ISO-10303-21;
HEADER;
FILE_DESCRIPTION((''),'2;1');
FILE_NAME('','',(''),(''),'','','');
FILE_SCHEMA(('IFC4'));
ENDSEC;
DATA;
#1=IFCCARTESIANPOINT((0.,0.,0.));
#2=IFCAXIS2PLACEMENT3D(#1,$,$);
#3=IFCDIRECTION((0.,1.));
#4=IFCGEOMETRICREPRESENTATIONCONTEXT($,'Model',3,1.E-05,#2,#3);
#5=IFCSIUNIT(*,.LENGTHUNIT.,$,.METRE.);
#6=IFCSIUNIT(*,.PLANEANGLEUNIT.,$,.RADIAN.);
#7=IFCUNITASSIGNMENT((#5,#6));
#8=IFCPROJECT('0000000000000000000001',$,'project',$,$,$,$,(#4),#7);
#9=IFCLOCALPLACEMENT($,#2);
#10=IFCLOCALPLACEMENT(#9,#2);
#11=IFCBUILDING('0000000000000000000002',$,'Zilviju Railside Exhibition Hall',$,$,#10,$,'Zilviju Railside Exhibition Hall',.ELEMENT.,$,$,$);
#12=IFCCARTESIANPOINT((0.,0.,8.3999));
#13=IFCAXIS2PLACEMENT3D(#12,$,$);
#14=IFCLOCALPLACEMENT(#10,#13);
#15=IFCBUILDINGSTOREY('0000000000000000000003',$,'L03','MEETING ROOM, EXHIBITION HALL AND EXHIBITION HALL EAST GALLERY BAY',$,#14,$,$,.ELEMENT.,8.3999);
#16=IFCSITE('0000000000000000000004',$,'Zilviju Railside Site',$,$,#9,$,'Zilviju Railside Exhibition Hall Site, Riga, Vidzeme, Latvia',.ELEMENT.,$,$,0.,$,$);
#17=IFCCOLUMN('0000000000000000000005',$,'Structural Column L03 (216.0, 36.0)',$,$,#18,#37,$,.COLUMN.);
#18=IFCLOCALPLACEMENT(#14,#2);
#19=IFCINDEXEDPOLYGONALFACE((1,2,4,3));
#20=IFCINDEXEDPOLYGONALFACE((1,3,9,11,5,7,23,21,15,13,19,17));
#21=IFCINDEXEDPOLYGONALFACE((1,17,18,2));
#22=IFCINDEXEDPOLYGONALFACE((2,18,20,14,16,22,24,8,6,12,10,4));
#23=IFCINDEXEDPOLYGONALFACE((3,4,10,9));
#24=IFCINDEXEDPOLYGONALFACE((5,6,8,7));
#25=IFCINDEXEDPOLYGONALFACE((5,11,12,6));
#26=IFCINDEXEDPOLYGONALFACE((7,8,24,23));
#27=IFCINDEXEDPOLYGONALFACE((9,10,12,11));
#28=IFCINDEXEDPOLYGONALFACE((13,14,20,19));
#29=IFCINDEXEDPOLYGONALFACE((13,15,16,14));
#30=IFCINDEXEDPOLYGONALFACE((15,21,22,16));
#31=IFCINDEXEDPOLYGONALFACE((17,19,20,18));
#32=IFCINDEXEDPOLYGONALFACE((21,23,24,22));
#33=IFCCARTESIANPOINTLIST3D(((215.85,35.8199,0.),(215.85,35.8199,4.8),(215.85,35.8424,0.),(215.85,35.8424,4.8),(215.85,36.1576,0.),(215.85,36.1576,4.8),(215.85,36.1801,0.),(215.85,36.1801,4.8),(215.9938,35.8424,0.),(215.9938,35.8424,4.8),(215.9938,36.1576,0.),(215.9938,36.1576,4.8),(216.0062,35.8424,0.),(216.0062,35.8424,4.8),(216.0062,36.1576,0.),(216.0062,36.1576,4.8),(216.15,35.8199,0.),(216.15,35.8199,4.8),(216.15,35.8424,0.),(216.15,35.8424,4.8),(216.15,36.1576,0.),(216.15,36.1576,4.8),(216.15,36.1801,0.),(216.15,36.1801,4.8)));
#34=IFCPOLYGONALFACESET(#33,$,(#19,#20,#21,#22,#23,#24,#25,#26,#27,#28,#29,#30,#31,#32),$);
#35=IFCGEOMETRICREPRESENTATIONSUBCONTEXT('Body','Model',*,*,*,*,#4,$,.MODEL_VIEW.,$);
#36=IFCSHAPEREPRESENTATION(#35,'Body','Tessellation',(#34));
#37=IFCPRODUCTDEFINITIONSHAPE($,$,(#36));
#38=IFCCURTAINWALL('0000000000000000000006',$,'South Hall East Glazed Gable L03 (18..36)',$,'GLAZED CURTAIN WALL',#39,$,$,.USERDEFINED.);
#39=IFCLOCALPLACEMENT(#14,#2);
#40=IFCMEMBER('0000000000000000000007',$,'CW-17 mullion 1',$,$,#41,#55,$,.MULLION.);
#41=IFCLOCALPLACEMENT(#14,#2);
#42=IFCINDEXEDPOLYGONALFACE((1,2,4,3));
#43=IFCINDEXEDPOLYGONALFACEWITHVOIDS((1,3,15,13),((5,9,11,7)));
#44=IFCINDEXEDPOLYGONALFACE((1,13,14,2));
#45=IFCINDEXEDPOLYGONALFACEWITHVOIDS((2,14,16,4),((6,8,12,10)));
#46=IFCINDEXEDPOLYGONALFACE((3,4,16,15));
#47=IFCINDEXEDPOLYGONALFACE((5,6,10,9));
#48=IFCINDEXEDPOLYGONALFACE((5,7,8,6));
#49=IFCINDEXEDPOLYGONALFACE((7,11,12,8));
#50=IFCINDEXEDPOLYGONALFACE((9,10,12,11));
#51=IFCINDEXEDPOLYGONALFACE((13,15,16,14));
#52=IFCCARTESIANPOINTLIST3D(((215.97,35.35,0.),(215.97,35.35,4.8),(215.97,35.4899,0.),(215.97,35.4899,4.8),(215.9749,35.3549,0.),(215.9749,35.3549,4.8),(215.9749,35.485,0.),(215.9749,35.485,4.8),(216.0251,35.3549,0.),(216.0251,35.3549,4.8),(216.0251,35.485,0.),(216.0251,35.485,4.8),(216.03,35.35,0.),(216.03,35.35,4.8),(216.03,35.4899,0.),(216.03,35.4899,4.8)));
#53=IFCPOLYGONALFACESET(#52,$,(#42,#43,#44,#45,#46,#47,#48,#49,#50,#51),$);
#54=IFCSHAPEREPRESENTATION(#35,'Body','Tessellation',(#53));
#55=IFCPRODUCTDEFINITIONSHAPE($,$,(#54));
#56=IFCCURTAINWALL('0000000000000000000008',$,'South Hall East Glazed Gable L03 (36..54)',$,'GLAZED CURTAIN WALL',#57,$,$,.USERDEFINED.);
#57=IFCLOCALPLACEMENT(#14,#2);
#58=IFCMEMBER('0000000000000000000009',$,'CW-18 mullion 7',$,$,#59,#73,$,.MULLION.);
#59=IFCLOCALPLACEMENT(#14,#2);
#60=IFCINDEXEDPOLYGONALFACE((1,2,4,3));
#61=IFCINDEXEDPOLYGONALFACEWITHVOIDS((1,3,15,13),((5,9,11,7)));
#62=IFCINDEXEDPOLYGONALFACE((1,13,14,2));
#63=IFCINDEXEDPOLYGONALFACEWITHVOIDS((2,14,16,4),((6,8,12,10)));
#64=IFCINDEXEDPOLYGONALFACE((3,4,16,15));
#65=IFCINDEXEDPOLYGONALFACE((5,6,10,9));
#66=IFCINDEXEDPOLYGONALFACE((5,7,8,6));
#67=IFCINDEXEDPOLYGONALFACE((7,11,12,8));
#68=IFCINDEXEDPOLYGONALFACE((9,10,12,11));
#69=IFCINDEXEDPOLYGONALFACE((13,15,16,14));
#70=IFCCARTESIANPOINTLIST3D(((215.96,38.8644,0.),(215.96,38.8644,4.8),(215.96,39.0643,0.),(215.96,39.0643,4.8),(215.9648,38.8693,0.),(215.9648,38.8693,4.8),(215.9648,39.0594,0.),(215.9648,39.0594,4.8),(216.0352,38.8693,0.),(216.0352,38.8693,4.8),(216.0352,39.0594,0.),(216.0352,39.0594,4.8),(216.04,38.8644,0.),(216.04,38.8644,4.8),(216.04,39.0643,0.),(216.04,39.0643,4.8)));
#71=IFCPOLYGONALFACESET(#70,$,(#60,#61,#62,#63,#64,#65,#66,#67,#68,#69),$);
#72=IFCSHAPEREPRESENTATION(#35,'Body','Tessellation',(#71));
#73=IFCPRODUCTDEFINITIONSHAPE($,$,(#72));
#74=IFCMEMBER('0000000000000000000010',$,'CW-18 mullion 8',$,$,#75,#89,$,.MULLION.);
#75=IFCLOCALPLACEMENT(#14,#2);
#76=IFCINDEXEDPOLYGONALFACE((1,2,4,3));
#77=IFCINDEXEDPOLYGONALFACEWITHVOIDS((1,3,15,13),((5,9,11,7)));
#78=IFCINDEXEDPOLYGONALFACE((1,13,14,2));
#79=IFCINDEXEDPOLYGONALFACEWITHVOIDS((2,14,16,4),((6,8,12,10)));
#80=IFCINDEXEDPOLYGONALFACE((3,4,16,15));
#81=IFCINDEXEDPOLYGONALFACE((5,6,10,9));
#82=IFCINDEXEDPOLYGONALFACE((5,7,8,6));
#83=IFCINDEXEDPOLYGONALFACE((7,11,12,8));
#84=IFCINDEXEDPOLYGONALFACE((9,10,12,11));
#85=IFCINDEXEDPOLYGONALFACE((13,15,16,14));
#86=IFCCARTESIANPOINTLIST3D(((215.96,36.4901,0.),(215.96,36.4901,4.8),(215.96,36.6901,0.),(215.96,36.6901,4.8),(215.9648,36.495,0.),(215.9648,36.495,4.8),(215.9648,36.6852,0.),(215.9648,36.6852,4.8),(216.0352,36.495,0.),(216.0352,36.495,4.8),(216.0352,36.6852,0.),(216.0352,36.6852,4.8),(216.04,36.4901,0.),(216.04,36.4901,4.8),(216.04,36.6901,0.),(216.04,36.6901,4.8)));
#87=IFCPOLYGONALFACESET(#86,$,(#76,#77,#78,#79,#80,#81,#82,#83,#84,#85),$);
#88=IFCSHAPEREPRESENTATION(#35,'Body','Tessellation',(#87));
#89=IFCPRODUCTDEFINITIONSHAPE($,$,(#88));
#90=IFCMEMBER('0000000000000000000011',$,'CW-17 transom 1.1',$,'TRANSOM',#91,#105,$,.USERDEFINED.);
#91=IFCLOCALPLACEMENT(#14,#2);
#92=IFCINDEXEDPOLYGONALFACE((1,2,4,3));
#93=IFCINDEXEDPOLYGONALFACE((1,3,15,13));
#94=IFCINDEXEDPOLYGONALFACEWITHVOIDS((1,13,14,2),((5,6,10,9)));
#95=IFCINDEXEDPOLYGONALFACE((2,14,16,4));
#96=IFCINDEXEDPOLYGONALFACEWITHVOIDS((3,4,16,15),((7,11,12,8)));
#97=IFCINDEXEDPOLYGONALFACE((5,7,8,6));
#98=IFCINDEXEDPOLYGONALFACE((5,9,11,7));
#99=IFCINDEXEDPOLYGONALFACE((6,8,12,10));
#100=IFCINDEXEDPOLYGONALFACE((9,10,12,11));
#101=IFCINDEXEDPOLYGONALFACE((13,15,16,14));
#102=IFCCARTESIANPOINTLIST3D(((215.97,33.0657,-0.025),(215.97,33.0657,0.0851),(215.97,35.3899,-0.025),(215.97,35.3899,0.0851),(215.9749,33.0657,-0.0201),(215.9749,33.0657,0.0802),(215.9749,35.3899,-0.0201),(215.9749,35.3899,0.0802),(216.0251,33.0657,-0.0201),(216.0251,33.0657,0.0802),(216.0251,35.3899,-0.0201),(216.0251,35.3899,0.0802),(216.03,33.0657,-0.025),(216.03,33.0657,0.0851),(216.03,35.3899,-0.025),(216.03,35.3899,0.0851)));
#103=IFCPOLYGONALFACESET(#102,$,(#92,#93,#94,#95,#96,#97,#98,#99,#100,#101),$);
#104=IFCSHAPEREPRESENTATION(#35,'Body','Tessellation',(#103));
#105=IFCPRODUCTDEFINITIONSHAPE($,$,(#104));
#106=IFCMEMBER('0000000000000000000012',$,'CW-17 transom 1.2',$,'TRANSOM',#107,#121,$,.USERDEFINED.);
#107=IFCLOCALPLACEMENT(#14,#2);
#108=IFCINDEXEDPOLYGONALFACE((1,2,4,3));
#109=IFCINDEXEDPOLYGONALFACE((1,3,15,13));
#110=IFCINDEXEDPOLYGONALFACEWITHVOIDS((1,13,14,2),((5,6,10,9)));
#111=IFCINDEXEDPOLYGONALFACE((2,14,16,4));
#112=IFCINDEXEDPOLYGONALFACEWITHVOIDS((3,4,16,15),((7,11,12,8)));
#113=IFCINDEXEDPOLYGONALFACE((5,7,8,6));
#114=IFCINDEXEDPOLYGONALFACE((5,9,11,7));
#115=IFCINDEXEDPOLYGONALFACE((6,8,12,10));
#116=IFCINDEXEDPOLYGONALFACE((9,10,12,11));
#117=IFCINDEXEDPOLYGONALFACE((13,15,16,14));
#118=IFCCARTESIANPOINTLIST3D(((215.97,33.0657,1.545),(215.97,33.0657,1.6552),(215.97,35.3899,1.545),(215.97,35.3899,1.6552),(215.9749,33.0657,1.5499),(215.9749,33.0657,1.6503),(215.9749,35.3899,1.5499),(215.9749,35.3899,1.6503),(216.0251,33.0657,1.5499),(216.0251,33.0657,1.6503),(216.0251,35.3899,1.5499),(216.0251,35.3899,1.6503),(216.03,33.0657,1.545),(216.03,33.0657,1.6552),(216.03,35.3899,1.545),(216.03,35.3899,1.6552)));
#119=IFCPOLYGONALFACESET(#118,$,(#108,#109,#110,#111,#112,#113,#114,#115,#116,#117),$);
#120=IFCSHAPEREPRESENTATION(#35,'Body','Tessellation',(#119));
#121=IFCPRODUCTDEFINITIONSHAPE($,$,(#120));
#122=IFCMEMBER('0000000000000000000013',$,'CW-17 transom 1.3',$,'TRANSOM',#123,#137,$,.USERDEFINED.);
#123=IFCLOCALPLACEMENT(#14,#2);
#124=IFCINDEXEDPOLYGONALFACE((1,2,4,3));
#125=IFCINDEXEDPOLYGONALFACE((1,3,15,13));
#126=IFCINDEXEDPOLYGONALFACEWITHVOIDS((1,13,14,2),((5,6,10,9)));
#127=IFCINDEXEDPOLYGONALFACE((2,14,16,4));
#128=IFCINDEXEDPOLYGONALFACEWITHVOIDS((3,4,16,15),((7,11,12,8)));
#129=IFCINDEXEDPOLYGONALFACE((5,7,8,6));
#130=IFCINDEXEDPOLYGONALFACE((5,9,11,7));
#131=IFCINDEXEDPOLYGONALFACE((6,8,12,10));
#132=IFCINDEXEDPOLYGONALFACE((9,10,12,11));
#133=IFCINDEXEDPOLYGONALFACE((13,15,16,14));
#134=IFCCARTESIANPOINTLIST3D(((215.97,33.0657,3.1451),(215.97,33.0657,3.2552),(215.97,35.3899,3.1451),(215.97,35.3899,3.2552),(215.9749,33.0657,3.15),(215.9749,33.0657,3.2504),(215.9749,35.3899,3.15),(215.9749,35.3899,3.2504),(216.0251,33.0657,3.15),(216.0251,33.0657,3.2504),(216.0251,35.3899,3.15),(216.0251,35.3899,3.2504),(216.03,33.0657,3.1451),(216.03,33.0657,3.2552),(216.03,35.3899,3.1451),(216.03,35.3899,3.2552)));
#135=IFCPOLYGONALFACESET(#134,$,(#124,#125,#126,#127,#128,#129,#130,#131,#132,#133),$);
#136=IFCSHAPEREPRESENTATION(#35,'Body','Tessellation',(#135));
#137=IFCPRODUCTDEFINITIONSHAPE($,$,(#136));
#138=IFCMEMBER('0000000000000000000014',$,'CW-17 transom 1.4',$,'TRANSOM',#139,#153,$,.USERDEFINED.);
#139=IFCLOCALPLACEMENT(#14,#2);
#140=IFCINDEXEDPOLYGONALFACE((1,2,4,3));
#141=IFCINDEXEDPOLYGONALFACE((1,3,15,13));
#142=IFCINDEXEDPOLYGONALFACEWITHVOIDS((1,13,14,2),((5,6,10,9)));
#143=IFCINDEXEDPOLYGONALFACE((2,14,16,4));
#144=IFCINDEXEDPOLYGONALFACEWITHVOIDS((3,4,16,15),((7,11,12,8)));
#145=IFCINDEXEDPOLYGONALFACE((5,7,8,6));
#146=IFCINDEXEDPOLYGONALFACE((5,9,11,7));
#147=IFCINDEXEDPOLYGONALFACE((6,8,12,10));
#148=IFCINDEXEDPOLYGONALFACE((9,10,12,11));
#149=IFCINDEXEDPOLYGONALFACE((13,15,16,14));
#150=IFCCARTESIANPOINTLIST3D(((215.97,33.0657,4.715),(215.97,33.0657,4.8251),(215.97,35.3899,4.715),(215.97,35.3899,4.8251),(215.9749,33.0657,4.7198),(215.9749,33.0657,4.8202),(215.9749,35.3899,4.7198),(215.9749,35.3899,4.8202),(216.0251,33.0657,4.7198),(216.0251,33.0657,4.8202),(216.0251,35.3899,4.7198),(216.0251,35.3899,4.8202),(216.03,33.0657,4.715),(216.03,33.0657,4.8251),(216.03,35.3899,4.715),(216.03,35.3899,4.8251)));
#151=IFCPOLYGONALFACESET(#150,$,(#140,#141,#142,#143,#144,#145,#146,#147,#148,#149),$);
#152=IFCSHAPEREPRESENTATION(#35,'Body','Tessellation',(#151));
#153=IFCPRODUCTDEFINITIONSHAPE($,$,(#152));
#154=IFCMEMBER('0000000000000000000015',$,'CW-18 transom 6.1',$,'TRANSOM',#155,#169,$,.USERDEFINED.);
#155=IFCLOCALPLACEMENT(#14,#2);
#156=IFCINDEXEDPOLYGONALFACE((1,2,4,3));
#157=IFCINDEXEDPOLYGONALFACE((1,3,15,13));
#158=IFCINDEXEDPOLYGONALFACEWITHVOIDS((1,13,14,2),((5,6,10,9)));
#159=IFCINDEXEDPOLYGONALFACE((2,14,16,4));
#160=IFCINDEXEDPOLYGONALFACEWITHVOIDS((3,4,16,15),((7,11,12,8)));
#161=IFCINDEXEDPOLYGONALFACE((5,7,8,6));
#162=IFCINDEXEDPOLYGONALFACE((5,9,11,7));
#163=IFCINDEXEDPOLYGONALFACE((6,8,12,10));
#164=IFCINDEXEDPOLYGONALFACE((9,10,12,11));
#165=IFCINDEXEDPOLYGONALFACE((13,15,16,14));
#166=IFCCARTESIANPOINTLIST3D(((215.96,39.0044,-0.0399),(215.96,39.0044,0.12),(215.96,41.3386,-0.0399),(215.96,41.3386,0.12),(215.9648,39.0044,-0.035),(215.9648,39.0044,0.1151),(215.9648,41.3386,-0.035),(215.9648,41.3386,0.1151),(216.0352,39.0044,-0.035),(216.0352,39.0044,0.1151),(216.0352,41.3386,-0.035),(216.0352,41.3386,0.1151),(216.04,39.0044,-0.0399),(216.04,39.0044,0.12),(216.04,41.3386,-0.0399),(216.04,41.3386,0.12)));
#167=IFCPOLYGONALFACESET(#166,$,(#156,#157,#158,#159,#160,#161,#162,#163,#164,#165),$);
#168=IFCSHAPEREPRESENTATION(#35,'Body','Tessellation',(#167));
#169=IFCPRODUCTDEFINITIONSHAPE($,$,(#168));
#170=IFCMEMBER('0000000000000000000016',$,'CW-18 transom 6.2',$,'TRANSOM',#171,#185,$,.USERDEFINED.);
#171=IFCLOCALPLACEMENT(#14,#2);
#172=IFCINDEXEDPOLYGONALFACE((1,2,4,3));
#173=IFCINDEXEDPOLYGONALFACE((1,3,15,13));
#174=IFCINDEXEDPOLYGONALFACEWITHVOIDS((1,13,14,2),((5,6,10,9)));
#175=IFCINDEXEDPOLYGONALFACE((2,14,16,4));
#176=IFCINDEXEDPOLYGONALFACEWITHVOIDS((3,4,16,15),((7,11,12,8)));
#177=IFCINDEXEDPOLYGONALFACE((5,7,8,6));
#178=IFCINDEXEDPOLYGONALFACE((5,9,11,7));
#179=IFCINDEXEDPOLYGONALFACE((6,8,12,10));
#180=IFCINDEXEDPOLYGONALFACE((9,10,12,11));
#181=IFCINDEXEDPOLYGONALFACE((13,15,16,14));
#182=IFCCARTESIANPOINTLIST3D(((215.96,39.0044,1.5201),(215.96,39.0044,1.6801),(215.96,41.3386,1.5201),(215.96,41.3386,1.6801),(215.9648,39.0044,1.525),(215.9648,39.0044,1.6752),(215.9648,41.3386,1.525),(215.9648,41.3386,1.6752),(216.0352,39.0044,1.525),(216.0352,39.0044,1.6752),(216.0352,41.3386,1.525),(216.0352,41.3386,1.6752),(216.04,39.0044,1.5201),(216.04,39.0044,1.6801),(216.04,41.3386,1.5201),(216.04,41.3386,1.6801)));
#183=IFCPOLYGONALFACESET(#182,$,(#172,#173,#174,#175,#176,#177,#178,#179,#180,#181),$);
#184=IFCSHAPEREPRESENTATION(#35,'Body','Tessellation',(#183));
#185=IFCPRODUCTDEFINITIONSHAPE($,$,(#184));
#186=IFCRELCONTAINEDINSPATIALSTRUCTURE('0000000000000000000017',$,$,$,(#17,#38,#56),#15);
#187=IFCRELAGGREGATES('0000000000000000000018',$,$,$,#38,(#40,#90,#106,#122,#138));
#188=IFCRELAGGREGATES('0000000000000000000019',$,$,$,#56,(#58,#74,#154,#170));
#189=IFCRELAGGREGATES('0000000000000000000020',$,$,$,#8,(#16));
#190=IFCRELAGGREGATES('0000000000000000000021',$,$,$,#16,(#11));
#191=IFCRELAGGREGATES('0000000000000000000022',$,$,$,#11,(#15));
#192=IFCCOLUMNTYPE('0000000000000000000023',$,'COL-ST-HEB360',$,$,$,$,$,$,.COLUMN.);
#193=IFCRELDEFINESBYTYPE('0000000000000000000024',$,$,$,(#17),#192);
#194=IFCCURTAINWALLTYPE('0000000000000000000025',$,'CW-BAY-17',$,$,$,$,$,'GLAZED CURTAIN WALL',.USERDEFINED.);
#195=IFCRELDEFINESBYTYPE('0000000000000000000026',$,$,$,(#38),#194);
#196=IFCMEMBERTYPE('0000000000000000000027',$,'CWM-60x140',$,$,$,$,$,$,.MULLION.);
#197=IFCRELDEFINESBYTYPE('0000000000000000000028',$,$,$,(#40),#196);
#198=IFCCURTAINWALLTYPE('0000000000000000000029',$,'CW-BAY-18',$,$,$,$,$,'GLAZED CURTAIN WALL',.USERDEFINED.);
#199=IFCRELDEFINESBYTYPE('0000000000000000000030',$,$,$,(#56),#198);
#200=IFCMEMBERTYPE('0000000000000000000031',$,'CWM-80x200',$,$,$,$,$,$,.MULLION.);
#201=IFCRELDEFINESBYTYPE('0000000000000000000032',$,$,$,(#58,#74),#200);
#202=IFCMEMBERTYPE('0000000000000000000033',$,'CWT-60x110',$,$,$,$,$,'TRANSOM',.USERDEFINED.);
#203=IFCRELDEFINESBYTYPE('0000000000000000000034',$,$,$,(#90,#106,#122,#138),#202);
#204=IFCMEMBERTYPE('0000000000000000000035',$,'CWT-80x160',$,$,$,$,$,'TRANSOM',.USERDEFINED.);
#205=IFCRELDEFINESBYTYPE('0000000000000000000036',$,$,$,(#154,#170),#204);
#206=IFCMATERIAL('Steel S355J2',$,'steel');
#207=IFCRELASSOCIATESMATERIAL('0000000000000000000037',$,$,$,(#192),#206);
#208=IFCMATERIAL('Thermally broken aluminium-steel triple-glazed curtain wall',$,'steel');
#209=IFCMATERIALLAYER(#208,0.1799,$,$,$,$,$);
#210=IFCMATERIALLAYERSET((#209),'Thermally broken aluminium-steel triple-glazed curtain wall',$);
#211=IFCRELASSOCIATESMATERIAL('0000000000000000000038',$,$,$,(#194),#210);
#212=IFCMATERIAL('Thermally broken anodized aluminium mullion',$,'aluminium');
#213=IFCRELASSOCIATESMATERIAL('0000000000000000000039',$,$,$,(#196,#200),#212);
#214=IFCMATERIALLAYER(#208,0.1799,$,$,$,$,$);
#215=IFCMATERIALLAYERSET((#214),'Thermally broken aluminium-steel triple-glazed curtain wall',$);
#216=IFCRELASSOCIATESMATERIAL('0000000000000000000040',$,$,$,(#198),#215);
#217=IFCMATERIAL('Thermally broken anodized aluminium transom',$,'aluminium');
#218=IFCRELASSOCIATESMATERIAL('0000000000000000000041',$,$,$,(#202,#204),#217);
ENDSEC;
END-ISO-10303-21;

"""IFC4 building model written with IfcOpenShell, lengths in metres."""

from ifc_helpers import new_model, si_unit, direction, frame, origin, origin_2d, place, context, subcontext, project, spatial, hollow_rectangle, i_section, extrude, material, layer, layer_set, material_profile, profile_set, type_object, element, aggregate, save


model = new_model("IFC4")

# Units and contexts
model_context = context("Model", 3, precision=1e-05, world=origin(), true_north=direction((0.0, 1.0)))
body_context = subcontext(model_context, "Body", "Model", "MODEL_VIEW")
ifc_project = project(units=[si_unit("LENGTHUNIT", "METRE"), si_unit("PLANEANGLEUNIT", "RADIAN")], contexts=[model_context])

# Site, building, storey
site_placement = place(None, origin())
site = spatial("IfcSite", under=ifc_project, at=site_placement, Name="Zilviju Railside Site", LongName="Zilviju Railside Exhibition Hall Site, Riga, Vidzeme, Latvia", CompositionType="ELEMENT", RefElevation=0.0)
building_placement = place(site_placement, origin())
building = spatial("IfcBuilding", under=site, at=building_placement, Name="Zilviju Railside Exhibition Hall", LongName="Zilviju Railside Exhibition Hall", CompositionType="ELEMENT")
storey_placement = place(building_placement, frame((0.0, 0.0, 8.3999)))
storey = spatial("IfcBuildingStorey", under=building, at=storey_placement, Name="L03", Description="MEETING ROOM, EXHIBITION HALL AND EXHIBITION HALL EAST GALLERY BAY", CompositionType="ELEMENT", Elevation=8.3999)

# Column
ifc_material_1 = material(Name="Steel S355J2", Category="steel")
ifc_material_profile_1 = material_profile(ifc_material_1, i_section(OverallWidth=0.3, OverallDepth=0.3601, WebThickness=0.0125, FlangeThickness=0.0225, at=origin_2d()), Name="HEB 360")
ifc_profile_set_1 = profile_set([ifc_material_profile_1], Name="Steel S355J2")
column_type = type_object("IfcColumnType", Name="COL-ST-HEB360", PredefinedType="COLUMN", material=ifc_profile_set_1)
column_placement = place(storey_placement, frame((216.0, 36.0, 0.0), z_axis=(0.0, 0.0, 1.0), x_axis=(1.0, 0.0, 0.0)))
element("IfcColumn", 1, at=column_placement, inside=storey, type_object=column_type, Name="Structural Column L03 (216.0, 36.0)", PredefinedType="COLUMN", context=body_context, shape_type="SweptSolid", body=[
    extrude(i_section(OverallWidth=0.3, OverallDepth=0.3601, WebThickness=0.0125, FlangeThickness=0.0225, at=origin_2d()), origin(), (0.0, 0.0, 1.0), 4.8),
])

# Curtain wall, member
ifc_material_2 = material(Name="Thermally broken aluminium-steel triple-glazed curtain wall", Category="steel")
ifc_layer_1 = layer(ifc_material_2, 0.1799)
ifc_layer_set_1 = layer_set([ifc_layer_1], Name="Thermally broken aluminium-steel triple-glazed curtain wall")
curtain_wall_type_1 = type_object("IfcCurtainWallType", Name="CW-BAY-17", ElementType="GLAZED CURTAIN WALL", PredefinedType="USERDEFINED", material=ifc_layer_set_1)
curtain_wall_1_placement = place(storey_placement, origin())
curtain_wall_1 = element("IfcCurtainWall", 2, at=curtain_wall_1_placement, inside=storey, type_object=curtain_wall_type_1, Name="South Hall East Glazed Gable L03 (18..36)", ObjectType="GLAZED CURTAIN WALL", PredefinedType="USERDEFINED")
ifc_material_3 = material(Name="Thermally broken anodized aluminium mullion", Category="aluminium")
ifc_material_profile_2 = material_profile(ifc_material_3, hollow_rectangle(XDim=0.0601, YDim=0.1399, WallThickness=0.0049, at=origin_2d()), Name="MULLION 140x60x5")
ifc_profile_set_2 = profile_set([ifc_material_profile_2], Name="Thermally broken anodized aluminium mullion")
member_type_1 = type_object("IfcMemberType", Name="CWM-60x140", PredefinedType="MULLION", material=ifc_profile_set_2)
member_1_placement = place(storey_placement, frame((216.0, 35.4199, 0.0), z_axis=(0.0, 0.0, 1.0), x_axis=(1.0, 0.0, 0.0)))
member_1 = element("IfcMember", 3, at=member_1_placement, type_object=member_type_1, Name="CW-17 mullion 1", PredefinedType="MULLION", context=body_context, shape_type="SweptSolid", body=[
    extrude(hollow_rectangle(XDim=0.0601, YDim=0.1399, WallThickness=0.0049, at=origin_2d()), origin(), (0.0, 0.0, 1.0), 4.8),
])

# Curtain wall, members
ifc_layer_2 = layer(ifc_material_2, 0.1799)
ifc_layer_set_2 = layer_set([ifc_layer_2], Name="Thermally broken aluminium-steel triple-glazed curtain wall")
curtain_wall_type_2 = type_object("IfcCurtainWallType", Name="CW-BAY-18", ElementType="GLAZED CURTAIN WALL", PredefinedType="USERDEFINED", material=ifc_layer_set_2)
curtain_wall_2_placement = place(storey_placement, origin())
curtain_wall_2 = element("IfcCurtainWall", 4, at=curtain_wall_2_placement, inside=storey, type_object=curtain_wall_type_2, Name="South Hall East Glazed Gable L03 (36..54)", ObjectType="GLAZED CURTAIN WALL", PredefinedType="USERDEFINED")
ifc_material_profile_3 = material_profile(ifc_material_3, hollow_rectangle(XDim=0.0801, YDim=0.2, WallThickness=0.0049, at=origin_2d()), Name="MULLION 200x80x5")
ifc_profile_set_3 = profile_set([ifc_material_profile_3], Name="Thermally broken anodized aluminium mullion")
member_type_2 = type_object("IfcMemberType", Name="CWM-80x200", PredefinedType="MULLION", material=ifc_profile_set_3)
member_2_placement = place(storey_placement, frame((216.0, 38.9644, 0.0), z_axis=(0.0, 0.0, 1.0), x_axis=(1.0, 0.0, 0.0)))
member_2 = element("IfcMember", 5, at=member_2_placement, type_object=member_type_2, Name="CW-18 mullion 7", PredefinedType="MULLION", context=body_context, shape_type="SweptSolid", body=[
    extrude(hollow_rectangle(XDim=0.0801, YDim=0.2, WallThickness=0.0049, at=origin_2d()), origin(), (0.0, 0.0, 1.0), 4.8),
])
member_3_placement = place(storey_placement, frame((216.0, 36.5901, 0.0), z_axis=(0.0, 0.0, 1.0), x_axis=(1.0, 0.0, 0.0)))
member_3 = element("IfcMember", 6, at=member_3_placement, type_object=member_type_2, Name="CW-18 mullion 8", PredefinedType="MULLION", context=body_context, shape_type="SweptSolid", body=[
    extrude(hollow_rectangle(XDim=0.0801, YDim=0.2, WallThickness=0.0049, at=origin_2d()), origin(), (0.0, 0.0, 1.0), 4.8),
])

# Members
ifc_material_4 = material(Name="Thermally broken anodized aluminium transom", Category="aluminium")
ifc_material_profile_4 = material_profile(ifc_material_4, hollow_rectangle(XDim=0.0601, YDim=0.1101, WallThickness=0.0049, at=origin_2d()), Name="TRANSOM 110x60x5")
ifc_profile_set_4 = profile_set([ifc_material_profile_4], Name="Thermally broken anodized aluminium transom")
member_type_3 = type_object("IfcMemberType", Name="CWT-60x110", ElementType="TRANSOM", PredefinedType="USERDEFINED", material=ifc_profile_set_4)
member_4_placement = place(storey_placement, frame((216.0, 35.3899, 0.03), z_axis=(0.0, -1.0, 0.0), x_axis=(1.0, 0.0, 0.0)))
member_4 = element("IfcMember", 7, at=member_4_placement, type_object=member_type_3, Name="CW-17 transom 1.1", ObjectType="TRANSOM", PredefinedType="USERDEFINED", context=body_context, shape_type="SweptSolid", body=[
    extrude(hollow_rectangle(XDim=0.0601, YDim=0.1101, WallThickness=0.0049, at=origin_2d()), origin(), (0.0, 0.0, 1.0), 2.3242),
])
member_5_placement = place(storey_placement, frame((216.0, 35.3899, 1.6001), z_axis=(0.0, -1.0, 0.0), x_axis=(1.0, 0.0, 0.0)))
member_5 = element("IfcMember", 8, at=member_5_placement, type_object=member_type_3, Name="CW-17 transom 1.2", ObjectType="TRANSOM", PredefinedType="USERDEFINED", context=body_context, shape_type="SweptSolid", body=[
    extrude(hollow_rectangle(XDim=0.0601, YDim=0.1101, WallThickness=0.0049, at=origin_2d()), origin(), (0.0, 0.0, 1.0), 2.3242),
])
member_6_placement = place(storey_placement, frame((216.0, 35.3899, 3.2002), z_axis=(0.0, -1.0, 0.0), x_axis=(1.0, 0.0, 0.0)))
member_6 = element("IfcMember", 9, at=member_6_placement, type_object=member_type_3, Name="CW-17 transom 1.3", ObjectType="TRANSOM", PredefinedType="USERDEFINED", context=body_context, shape_type="SweptSolid", body=[
    extrude(hollow_rectangle(XDim=0.0601, YDim=0.1101, WallThickness=0.0049, at=origin_2d()), origin(), (0.0, 0.0, 1.0), 2.3242),
])
member_7_placement = place(storey_placement, frame((216.0, 35.3899, 4.77), z_axis=(0.0, -1.0, 0.0), x_axis=(1.0, 0.0, 0.0)))
member_7 = element("IfcMember", 10, at=member_7_placement, type_object=member_type_3, Name="CW-17 transom 1.4", ObjectType="TRANSOM", PredefinedType="USERDEFINED", context=body_context, shape_type="SweptSolid", body=[
    extrude(hollow_rectangle(XDim=0.0601, YDim=0.1101, WallThickness=0.0049, at=origin_2d()), origin(), (0.0, 0.0, 1.0), 2.3242),
])
aggregate(curtain_wall_1, [member_1, member_4, member_5, member_6, member_7])
ifc_material_profile_5 = material_profile(ifc_material_4, hollow_rectangle(XDim=0.0801, YDim=0.1599, WallThickness=0.0049, at=origin_2d()), Name="TRANSOM 160x80x5")
ifc_profile_set_5 = profile_set([ifc_material_profile_5], Name="Thermally broken anodized aluminium transom")
member_type_4 = type_object("IfcMemberType", Name="CWT-80x160", ElementType="TRANSOM", PredefinedType="USERDEFINED", material=ifc_profile_set_5)
member_8_placement = place(storey_placement, frame((216.0, 41.3386, 0.04), z_axis=(0.0, -1.0, 0.0), x_axis=(1.0, 0.0, 0.0)))
member_8 = element("IfcMember", 11, at=member_8_placement, type_object=member_type_4, Name="CW-18 transom 6.1", ObjectType="TRANSOM", PredefinedType="USERDEFINED", context=body_context, shape_type="SweptSolid", body=[
    extrude(hollow_rectangle(XDim=0.0801, YDim=0.1599, WallThickness=0.0049, at=origin_2d()), origin(), (0.0, 0.0, 1.0), 2.3342),
])
member_9_placement = place(storey_placement, frame((216.0, 41.3386, 1.6001), z_axis=(0.0, -1.0, 0.0), x_axis=(1.0, 0.0, 0.0)))
member_9 = element("IfcMember", 12, at=member_9_placement, type_object=member_type_4, Name="CW-18 transom 6.2", ObjectType="TRANSOM", PredefinedType="USERDEFINED", context=body_context, shape_type="SweptSolid", body=[
    extrude(hollow_rectangle(XDim=0.0801, YDim=0.1599, WallThickness=0.0049, at=origin_2d()), origin(), (0.0, 0.0, 1.0), 2.3342),
])

aggregate(curtain_wall_2, [member_2, member_3, member_8, member_9])

save(model, "model.ifc")
